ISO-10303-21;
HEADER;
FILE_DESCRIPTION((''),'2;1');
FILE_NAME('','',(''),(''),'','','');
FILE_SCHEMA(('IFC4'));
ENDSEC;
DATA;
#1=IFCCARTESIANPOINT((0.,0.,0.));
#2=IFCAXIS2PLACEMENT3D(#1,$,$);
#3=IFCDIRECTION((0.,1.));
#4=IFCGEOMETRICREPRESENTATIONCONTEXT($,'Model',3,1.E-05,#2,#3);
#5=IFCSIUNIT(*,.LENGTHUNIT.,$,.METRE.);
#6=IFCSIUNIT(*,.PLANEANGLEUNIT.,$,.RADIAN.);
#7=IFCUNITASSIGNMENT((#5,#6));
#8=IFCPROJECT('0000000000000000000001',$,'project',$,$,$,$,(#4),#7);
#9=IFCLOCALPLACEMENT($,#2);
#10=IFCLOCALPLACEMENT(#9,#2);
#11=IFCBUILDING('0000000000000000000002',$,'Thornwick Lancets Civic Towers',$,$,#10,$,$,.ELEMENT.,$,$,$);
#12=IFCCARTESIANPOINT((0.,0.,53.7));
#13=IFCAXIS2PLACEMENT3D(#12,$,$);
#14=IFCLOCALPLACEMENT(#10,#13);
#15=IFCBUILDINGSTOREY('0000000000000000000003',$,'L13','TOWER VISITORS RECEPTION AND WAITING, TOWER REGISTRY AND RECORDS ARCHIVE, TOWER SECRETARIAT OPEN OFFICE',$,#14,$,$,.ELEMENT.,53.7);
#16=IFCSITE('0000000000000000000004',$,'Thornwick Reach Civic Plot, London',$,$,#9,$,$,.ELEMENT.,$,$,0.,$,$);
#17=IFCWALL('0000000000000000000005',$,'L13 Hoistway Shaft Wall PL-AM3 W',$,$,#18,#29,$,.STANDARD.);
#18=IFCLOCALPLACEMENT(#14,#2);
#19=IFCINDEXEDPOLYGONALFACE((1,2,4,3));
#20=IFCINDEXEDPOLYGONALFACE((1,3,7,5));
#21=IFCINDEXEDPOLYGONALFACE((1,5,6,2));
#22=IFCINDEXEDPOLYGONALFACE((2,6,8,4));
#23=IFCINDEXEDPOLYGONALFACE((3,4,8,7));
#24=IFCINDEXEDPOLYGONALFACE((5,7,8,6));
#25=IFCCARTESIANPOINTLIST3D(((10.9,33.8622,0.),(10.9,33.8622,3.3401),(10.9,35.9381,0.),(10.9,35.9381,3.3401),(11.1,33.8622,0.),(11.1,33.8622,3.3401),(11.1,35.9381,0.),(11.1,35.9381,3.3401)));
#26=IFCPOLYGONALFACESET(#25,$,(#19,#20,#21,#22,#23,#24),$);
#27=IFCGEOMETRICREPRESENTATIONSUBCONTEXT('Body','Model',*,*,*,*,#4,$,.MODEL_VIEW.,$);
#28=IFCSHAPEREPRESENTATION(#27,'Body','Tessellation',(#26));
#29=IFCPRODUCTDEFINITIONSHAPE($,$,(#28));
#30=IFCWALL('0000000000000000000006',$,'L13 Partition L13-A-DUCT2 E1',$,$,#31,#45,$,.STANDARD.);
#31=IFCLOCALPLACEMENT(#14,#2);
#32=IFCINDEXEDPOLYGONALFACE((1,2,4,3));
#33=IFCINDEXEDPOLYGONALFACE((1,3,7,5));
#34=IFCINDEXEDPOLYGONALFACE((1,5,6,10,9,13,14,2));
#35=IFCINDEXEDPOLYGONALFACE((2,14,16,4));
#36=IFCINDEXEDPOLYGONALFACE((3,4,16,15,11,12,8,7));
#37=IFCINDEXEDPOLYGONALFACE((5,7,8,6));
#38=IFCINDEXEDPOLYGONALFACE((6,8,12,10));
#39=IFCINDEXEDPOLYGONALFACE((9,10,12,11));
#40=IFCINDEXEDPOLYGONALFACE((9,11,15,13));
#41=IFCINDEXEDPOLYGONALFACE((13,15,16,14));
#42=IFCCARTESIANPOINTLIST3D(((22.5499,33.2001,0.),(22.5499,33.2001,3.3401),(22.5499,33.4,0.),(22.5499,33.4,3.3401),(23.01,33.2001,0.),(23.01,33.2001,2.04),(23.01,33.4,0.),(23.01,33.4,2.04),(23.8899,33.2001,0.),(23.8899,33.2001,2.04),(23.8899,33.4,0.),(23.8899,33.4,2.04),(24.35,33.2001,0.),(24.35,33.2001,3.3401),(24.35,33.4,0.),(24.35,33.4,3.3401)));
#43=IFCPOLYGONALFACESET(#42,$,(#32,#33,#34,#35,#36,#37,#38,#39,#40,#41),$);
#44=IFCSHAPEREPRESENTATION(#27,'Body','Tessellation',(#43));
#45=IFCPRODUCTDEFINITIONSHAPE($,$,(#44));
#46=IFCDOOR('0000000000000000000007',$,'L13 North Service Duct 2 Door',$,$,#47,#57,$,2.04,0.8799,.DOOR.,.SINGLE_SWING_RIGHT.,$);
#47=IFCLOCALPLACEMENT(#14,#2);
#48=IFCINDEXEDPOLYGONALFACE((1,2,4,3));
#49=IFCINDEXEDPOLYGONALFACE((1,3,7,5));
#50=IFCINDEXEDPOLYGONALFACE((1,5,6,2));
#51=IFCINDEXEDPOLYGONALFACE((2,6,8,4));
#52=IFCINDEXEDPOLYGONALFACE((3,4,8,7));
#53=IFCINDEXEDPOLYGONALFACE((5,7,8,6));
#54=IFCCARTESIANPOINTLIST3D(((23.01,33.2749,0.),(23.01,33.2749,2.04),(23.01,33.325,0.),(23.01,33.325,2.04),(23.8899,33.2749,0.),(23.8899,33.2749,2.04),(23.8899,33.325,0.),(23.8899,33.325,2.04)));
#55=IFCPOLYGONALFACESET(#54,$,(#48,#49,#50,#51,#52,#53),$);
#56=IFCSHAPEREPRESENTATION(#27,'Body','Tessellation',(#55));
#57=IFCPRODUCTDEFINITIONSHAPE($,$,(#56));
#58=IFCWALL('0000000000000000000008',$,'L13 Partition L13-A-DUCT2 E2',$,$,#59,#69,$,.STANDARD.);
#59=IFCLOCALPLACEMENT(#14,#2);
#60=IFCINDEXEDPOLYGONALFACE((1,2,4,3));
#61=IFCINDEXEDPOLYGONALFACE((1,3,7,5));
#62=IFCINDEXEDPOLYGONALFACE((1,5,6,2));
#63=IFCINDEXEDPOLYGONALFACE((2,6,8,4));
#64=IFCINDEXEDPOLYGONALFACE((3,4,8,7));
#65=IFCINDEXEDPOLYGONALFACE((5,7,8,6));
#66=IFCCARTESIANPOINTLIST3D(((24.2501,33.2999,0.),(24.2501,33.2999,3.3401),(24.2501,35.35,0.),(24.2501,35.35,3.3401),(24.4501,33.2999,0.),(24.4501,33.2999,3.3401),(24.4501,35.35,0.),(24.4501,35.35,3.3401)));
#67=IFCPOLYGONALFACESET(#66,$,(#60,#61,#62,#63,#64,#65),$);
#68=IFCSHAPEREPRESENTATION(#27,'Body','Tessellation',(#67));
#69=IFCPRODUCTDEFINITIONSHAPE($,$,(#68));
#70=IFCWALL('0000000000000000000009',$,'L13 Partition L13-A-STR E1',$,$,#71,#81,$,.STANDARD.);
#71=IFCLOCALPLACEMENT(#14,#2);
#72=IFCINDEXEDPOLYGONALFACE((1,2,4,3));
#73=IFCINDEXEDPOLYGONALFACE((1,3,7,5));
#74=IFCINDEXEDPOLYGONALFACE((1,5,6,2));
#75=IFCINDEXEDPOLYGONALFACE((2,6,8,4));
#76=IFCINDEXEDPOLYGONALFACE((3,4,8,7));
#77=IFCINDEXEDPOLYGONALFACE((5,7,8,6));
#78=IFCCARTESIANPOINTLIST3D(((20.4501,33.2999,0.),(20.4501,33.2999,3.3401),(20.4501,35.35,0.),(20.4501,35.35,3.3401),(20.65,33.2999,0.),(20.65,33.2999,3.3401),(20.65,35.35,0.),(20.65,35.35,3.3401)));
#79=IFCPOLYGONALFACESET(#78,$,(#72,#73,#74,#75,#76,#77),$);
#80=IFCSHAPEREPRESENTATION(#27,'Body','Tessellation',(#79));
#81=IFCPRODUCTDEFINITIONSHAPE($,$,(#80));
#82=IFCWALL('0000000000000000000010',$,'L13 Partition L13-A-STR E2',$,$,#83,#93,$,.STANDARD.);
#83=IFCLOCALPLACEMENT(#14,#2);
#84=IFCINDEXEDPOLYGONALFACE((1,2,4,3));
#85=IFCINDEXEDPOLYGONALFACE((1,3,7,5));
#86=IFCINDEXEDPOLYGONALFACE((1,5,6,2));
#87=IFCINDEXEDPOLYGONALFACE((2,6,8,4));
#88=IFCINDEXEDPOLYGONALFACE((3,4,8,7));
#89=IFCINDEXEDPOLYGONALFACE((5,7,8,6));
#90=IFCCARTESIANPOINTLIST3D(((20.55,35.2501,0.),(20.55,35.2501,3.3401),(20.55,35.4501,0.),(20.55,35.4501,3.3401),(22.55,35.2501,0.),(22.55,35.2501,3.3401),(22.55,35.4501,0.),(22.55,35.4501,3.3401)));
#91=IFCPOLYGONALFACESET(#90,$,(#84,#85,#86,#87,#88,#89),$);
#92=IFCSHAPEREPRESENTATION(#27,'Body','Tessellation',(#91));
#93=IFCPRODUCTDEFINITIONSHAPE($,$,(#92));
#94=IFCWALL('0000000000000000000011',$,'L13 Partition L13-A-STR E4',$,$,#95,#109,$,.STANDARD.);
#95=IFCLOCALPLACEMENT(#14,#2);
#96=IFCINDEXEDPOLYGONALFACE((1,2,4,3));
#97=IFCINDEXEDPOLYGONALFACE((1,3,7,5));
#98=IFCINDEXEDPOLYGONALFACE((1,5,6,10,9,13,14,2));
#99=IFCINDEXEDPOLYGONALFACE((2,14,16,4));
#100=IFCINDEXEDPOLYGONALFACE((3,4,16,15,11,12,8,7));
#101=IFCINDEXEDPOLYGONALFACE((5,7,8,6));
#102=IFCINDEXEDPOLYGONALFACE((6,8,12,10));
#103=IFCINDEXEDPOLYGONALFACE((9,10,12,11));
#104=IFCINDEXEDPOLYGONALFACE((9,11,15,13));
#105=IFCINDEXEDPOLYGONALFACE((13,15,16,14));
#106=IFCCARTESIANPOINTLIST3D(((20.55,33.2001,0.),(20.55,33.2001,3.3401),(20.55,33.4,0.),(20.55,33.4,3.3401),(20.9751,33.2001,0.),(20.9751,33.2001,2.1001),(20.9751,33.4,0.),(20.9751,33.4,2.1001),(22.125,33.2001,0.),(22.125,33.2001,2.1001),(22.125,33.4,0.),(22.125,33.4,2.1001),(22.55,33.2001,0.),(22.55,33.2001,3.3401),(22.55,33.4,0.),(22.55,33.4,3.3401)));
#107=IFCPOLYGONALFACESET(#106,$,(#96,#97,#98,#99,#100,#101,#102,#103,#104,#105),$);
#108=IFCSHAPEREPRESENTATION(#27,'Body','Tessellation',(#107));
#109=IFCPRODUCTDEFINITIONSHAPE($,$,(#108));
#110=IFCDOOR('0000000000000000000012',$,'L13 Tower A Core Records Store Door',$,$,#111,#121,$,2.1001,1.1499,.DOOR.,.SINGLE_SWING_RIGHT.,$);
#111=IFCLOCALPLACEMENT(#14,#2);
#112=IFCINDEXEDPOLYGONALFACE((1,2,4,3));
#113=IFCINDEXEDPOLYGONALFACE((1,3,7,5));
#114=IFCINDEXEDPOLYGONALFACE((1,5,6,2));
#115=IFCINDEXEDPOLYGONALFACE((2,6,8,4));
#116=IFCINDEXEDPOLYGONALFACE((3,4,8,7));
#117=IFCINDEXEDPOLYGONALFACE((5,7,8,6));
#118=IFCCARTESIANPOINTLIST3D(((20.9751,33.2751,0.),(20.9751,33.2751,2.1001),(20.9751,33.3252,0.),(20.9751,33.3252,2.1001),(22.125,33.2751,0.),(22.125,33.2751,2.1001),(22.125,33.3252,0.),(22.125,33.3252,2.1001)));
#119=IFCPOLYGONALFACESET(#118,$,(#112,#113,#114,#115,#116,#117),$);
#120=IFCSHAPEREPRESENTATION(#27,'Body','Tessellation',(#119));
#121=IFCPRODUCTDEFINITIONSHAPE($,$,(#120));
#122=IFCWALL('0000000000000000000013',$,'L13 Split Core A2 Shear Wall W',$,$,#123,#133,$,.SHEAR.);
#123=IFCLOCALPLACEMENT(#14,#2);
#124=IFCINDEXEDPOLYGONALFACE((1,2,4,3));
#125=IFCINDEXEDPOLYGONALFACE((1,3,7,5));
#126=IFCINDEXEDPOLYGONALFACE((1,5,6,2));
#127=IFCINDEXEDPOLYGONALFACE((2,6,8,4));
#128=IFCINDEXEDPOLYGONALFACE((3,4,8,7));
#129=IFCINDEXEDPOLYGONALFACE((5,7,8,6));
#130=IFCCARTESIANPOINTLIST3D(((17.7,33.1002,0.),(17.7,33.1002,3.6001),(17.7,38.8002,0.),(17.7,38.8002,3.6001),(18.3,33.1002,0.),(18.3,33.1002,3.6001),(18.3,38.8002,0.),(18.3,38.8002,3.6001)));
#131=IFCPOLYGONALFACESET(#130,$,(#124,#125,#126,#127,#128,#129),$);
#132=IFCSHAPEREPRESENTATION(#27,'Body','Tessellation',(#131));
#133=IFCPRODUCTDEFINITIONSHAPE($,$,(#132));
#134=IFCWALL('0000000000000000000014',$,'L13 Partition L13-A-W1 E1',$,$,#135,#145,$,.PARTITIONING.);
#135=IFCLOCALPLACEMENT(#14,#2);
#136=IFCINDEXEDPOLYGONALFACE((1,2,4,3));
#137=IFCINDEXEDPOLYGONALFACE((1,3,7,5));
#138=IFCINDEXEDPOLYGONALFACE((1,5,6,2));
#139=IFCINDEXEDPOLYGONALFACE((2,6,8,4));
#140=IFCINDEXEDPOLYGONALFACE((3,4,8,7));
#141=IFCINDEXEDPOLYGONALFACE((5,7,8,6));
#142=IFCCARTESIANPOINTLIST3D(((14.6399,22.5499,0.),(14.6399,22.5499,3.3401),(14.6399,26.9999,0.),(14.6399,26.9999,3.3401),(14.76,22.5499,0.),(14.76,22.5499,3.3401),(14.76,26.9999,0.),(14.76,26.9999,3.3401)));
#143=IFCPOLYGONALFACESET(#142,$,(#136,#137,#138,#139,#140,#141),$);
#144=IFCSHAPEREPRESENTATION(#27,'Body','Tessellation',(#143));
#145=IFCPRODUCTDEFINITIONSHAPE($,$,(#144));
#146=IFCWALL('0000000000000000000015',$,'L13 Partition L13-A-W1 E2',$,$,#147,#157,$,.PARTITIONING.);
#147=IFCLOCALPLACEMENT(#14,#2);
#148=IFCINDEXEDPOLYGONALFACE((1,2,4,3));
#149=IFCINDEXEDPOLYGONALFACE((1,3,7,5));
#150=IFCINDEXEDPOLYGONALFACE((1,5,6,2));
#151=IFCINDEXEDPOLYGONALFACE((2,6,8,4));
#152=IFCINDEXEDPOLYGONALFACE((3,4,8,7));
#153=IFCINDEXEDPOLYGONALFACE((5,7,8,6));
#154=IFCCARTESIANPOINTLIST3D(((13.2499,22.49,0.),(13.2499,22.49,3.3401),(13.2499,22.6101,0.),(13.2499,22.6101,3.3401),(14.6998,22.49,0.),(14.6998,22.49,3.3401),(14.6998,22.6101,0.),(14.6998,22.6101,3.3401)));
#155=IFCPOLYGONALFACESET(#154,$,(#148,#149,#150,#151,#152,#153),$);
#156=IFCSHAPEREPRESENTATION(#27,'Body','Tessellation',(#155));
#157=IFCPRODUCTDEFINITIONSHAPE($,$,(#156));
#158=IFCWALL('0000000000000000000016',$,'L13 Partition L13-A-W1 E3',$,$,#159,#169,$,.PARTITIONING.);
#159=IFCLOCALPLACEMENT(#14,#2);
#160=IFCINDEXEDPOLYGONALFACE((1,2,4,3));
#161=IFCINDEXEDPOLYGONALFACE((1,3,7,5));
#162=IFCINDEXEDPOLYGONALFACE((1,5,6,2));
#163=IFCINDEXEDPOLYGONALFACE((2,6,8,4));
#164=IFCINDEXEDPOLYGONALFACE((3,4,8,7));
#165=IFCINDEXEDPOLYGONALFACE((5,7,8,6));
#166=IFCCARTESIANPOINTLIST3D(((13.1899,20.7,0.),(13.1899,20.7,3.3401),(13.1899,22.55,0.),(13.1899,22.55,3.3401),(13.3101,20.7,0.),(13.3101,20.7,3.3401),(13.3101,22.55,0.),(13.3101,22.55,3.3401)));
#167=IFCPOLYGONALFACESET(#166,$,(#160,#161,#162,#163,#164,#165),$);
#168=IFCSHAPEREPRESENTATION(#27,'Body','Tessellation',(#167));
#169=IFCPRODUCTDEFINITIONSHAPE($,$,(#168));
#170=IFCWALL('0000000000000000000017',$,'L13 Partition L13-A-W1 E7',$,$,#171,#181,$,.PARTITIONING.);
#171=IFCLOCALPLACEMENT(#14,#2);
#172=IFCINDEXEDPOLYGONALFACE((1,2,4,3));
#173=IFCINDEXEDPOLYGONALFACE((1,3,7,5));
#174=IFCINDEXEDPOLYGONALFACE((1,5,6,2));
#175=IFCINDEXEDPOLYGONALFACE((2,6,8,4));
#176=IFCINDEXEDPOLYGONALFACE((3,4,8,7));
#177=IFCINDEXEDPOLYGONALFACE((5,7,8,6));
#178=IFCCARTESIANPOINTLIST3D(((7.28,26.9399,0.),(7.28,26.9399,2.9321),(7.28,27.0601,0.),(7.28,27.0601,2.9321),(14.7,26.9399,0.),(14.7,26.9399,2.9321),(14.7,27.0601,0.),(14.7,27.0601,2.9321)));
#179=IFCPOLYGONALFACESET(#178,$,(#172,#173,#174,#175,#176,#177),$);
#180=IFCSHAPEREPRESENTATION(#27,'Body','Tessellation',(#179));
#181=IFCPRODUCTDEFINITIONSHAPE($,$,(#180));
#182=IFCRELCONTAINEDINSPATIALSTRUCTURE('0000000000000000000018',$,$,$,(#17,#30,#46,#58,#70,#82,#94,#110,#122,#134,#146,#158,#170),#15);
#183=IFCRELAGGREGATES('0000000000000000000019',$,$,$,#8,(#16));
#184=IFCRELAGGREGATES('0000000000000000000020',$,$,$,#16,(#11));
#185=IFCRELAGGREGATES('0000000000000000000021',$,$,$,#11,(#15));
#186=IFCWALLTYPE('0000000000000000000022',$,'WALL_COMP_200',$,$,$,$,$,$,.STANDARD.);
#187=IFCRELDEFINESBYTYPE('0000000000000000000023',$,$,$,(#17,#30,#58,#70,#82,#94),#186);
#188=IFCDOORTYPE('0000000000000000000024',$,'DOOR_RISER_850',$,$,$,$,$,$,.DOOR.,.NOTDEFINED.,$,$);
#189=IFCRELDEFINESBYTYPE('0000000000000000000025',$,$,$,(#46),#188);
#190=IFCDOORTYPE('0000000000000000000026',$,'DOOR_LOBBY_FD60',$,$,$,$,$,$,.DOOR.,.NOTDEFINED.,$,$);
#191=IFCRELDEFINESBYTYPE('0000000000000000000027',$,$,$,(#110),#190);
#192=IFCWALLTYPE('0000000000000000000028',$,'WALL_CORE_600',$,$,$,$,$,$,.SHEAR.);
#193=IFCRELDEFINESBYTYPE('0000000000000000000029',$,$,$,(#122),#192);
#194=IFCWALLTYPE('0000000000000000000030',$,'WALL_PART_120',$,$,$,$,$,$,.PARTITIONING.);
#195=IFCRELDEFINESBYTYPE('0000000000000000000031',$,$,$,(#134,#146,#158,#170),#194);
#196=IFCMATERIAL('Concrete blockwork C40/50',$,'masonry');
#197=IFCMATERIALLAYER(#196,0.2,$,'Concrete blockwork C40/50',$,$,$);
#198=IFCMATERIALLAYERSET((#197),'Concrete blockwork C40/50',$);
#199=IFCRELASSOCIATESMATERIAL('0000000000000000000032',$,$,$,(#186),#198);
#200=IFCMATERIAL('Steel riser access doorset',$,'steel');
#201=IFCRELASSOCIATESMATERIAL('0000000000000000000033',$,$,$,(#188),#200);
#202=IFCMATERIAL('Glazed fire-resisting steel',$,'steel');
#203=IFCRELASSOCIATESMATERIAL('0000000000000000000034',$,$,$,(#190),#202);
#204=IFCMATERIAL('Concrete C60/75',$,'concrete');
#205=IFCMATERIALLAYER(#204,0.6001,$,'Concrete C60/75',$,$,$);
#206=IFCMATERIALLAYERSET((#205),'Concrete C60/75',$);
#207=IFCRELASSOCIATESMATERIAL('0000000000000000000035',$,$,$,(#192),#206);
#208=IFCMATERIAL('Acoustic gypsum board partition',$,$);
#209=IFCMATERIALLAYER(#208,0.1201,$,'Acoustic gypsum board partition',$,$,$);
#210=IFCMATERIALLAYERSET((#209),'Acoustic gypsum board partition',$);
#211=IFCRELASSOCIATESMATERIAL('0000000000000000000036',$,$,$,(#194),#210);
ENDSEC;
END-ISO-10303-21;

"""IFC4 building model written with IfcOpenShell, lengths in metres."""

from ifc_helpers import new_model, si_unit, direction, frame, frame_2d, origin, place, context, subcontext, project, spatial, rectangle, extrude, material, layer, layer_set, type_object, element, fill, save


model = new_model("IFC4")

# Units and contexts
model_context = context("Model", 3, precision=1e-05, world=origin(), true_north=direction((0.0, 1.0)))
body_context = subcontext(model_context, "Body", "Model", "MODEL_VIEW")
ifc_project = project(units=[si_unit("LENGTHUNIT", "METRE"), si_unit("PLANEANGLEUNIT", "RADIAN")], contexts=[model_context])

# Site, building, storey
site_placement = place(None, origin())
site = spatial("IfcSite", under=ifc_project, at=site_placement, Name="Thornwick Reach Civic Plot, London", CompositionType="ELEMENT", RefElevation=0.0)
building_placement = place(site_placement, origin())
building = spatial("IfcBuilding", under=site, at=building_placement, Name="Thornwick Lancets Civic Towers", CompositionType="ELEMENT")
storey_placement = place(building_placement, frame((0.0, 0.0, 53.7)))
storey = spatial("IfcBuildingStorey", under=building, at=storey_placement, Name="L13", Description="TOWER VISITORS RECEPTION AND WAITING, TOWER REGISTRY AND RECORDS ARCHIVE, TOWER SECRETARIAT OPEN OFFICE", CompositionType="ELEMENT", Elevation=53.7)

# Shared definitions
ifc_material_1 = material(Name="Concrete C60/75", Category="concrete")

# Wall
ifc_material_2 = material(Name="Concrete blockwork C40/50", Category="masonry")
ifc_layer_1 = layer(ifc_material_2, 0.2, Name="Concrete blockwork C40/50")
ifc_layer_set_1 = layer_set([ifc_layer_1], Name="Concrete blockwork C40/50")
wall_type_1 = type_object("IfcWallType", Name="WALL_COMP_200", PredefinedType="STANDARD", material=ifc_layer_set_1)
wall_1_placement = place(storey_placement, frame((11.0, 33.8621, 0.0), z_axis=(0.0, 0.0, 1.0), x_axis=(0.0, 1.0, 0.0)))
element("IfcWall", 1, at=wall_1_placement, inside=storey, type_object=wall_type_1, Name="L13 Hoistway Shaft Wall PL-AM3 W", PredefinedType="STANDARD", context=body_context, shape_type="SweptSolid", body=[
    extrude(rectangle(XDim=2.0759, YDim=0.2, at=frame_2d((1.0381, 0.0))), origin(), (0.0, 0.0, 1.0), 3.3401),
])

# Wall, opening, door
wall_2_placement = place(storey_placement, frame((22.55, 33.3, 0.0), z_axis=(0.0, 0.0, 1.0), x_axis=(1.0, 0.0, 0.0)))
wall_2 = element("IfcWall", 2, at=wall_2_placement, inside=storey, type_object=wall_type_1, Name="L13 Partition L13-A-DUCT2 E1", PredefinedType="STANDARD", context=body_context, shape_type="SweptSolid", body=[
    extrude(rectangle(XDim=1.8, YDim=0.2, at=frame_2d((0.8999, 0.0))), origin(), (0.0, 0.0, 1.0), 3.3401),
])
opening_1_placement = place(wall_2_placement, frame((0.46, 0.0, 0.0)))
opening_1 = element("IfcOpeningElement", 3, at=opening_1_placement, cuts=wall_2, PredefinedType="OPENING", context=body_context, shape_type="SweptSolid", body=[
    extrude(rectangle(XDim=0.8799, YDim=2.04, at=frame_2d((0.4399, 1.02))), frame((0.0, 0.1099, 0.0), z_axis=(0.0, -1.0, 0.0), x_axis=(1.0, 0.0, 0.0)), (0.0, 0.0, 1.0), 0.22),
])
ifc_material_3 = material(Name="Steel riser access doorset", Category="steel")
door_type_1 = type_object("IfcDoorType", Name="DOOR_RISER_850", OperationType="NOTDEFINED", PredefinedType="DOOR", material=ifc_material_3)
door_1_placement = place(opening_1_placement, origin())
door_1 = element("IfcDoor", 4, at=door_1_placement, inside=storey, type_object=door_type_1, Name="L13 North Service Duct 2 Door", OperationType="SINGLE_SWING_RIGHT", OverallHeight=2.04, OverallWidth=0.8799, PredefinedType="DOOR", context=body_context, shape_type="SweptSolid", body=[
    extrude(rectangle(XDim=0.8799, YDim=2.04, at=frame_2d((0.4399, 1.02))), frame((0.0, 0.0249, 0.0), z_axis=(0.0, -1.0, 0.0), x_axis=(1.0, 0.0, 0.0)), (0.0, 0.0, 1.0), 0.05),
])
fill(opening_1, door_1)

# Walls
for number, where, z_axis, x_axis, name in (
    (5, (24.3501, 33.3, 0.0), (0.0, 0.0, 1.0), (0.0, 1.0, 0.0), "L13 Partition L13-A-DUCT2 E2"),
    (6, (20.55, 33.3, 0.0), (0.0, 0.0, 1.0), (0.0, 1.0, 0.0), "L13 Partition L13-A-STR E1"),
):
    element("IfcWall", number, at=place(storey_placement, frame(where, z_axis=z_axis, x_axis=x_axis)), inside=storey, type_object=wall_type_1, Name=name, PredefinedType="STANDARD", context=body_context, shape_type="SweptSolid", body=[
        extrude(rectangle(XDim=2.05, YDim=0.2, at=frame_2d((1.0249, 0.0))), origin(), (0.0, 0.0, 1.0), 3.3401),
    ])
wall_3_placement = place(storey_placement, frame((20.55, 35.3501, 0.0), z_axis=(0.0, 0.0, 1.0), x_axis=(1.0, 0.0, 0.0)))
element("IfcWall", 7, at=wall_3_placement, inside=storey, type_object=wall_type_1, Name="L13 Partition L13-A-STR E2", PredefinedType="STANDARD", context=body_context, shape_type="SweptSolid", body=[
    extrude(rectangle(XDim=2.0, YDim=0.2, at=frame_2d((1.0, 0.0))), origin(), (0.0, 0.0, 1.0), 3.3401),
])

# Wall, opening, door
wall_4_placement = place(storey_placement, frame((22.55, 33.3, 0.0), z_axis=(0.0, 0.0, 1.0), x_axis=(-1.0, 0.0, 0.0)))
wall_4 = element("IfcWall", 8, at=wall_4_placement, inside=storey, type_object=wall_type_1, Name="L13 Partition L13-A-STR E4", PredefinedType="STANDARD", context=body_context, shape_type="SweptSolid", body=[
    extrude(rectangle(XDim=2.0, YDim=0.2, at=frame_2d((1.0, 0.0))), origin(), (0.0, 0.0, 1.0), 3.3401),
])
opening_2_placement = place(wall_4_placement, frame((0.425, 0.0, 0.0)))
opening_2 = element("IfcOpeningElement", 9, at=opening_2_placement, cuts=wall_4, PredefinedType="OPENING", context=body_context, shape_type="SweptSolid", body=[
    extrude(rectangle(XDim=1.1499, YDim=2.1001, at=frame_2d((0.575, 1.05))), frame((0.0, 0.1099, 0.0), z_axis=(0.0, -1.0, 0.0), x_axis=(1.0, 0.0, 0.0)), (0.0, 0.0, 1.0), 0.22),
])
ifc_material_4 = material(Name="Glazed fire-resisting steel", Category="steel")
door_type_2 = type_object("IfcDoorType", Name="DOOR_LOBBY_FD60", OperationType="NOTDEFINED", PredefinedType="DOOR", material=ifc_material_4)
door_2_placement = place(opening_2_placement, origin())
door_2 = element("IfcDoor", 10, at=door_2_placement, inside=storey, type_object=door_type_2, Name="L13 Tower A Core Records Store Door", OperationType="SINGLE_SWING_RIGHT", OverallHeight=2.1001, OverallWidth=1.1499, PredefinedType="DOOR", context=body_context, shape_type="SweptSolid", body=[
    extrude(rectangle(XDim=1.1499, YDim=2.1001, at=frame_2d((0.575, 1.05))), frame((0.0, 0.0249, 0.0), z_axis=(0.0, -1.0, 0.0), x_axis=(1.0, 0.0, 0.0)), (0.0, 0.0, 1.0), 0.05),
])
fill(opening_2, door_2)

# Walls
ifc_layer_2 = layer(ifc_material_1, 0.6001, Name="Concrete C60/75")
ifc_layer_set_2 = layer_set([ifc_layer_2], Name="Concrete C60/75")
wall_type_2 = type_object("IfcWallType", Name="WALL_CORE_600", PredefinedType="SHEAR", material=ifc_layer_set_2)
wall_5_placement = place(storey_placement, frame((18.0, 33.1001, 0.0), z_axis=(0.0, 0.0, 1.0), x_axis=(0.0, 1.0, 0.0)))
element("IfcWall", 11, at=wall_5_placement, inside=storey, type_object=wall_type_2, Name="L13 Split Core A2 Shear Wall W", PredefinedType="SHEAR", context=body_context, shape_type="SweptSolid", body=[
    extrude(rectangle(XDim=5.7, YDim=0.6001, at=frame_2d((2.8501, 0.0))), origin(), (0.0, 0.0, 1.0), 3.6001),
])
ifc_material_5 = material(Name="Acoustic gypsum board partition")
ifc_layer_3 = layer(ifc_material_5, 0.1201, Name="Acoustic gypsum board partition")
ifc_layer_set_3 = layer_set([ifc_layer_3], Name="Acoustic gypsum board partition")
wall_type_3 = type_object("IfcWallType", Name="WALL_PART_120", PredefinedType="PARTITIONING", material=ifc_layer_set_3)
wall_6_placement = place(storey_placement, frame((14.7, 27.0, 0.0), z_axis=(0.0, 0.0, 1.0), x_axis=(0.0, -1.0, 0.0)))
element("IfcWall", 12, at=wall_6_placement, inside=storey, type_object=wall_type_3, Name="L13 Partition L13-A-W1 E1", PredefinedType="PARTITIONING", context=body_context, shape_type="SweptSolid", body=[
    extrude(rectangle(XDim=4.45, YDim=0.1201, at=frame_2d((2.2251, 0.0))), origin(), (0.0, 0.0, 1.0), 3.3401),
])
wall_7_placement = place(storey_placement, frame((14.7, 22.55, 0.0), z_axis=(0.0, 0.0, 1.0), x_axis=(-1.0, 0.0, 0.0)))
element("IfcWall", 13, at=wall_7_placement, inside=storey, type_object=wall_type_3, Name="L13 Partition L13-A-W1 E2", PredefinedType="PARTITIONING", context=body_context, shape_type="SweptSolid", body=[
    extrude(rectangle(XDim=1.45, YDim=0.1201, at=frame_2d((0.7251, 0.0))), origin(), (0.0, 0.0, 1.0), 3.3401),
])
wall_8_placement = place(storey_placement, frame((13.25, 22.55, 0.0), z_axis=(0.0, 0.0, 1.0), x_axis=(0.0, -1.0, 0.0)))
element("IfcWall", 14, at=wall_8_placement, inside=storey, type_object=wall_type_3, Name="L13 Partition L13-A-W1 E3", PredefinedType="PARTITIONING", context=body_context, shape_type="SweptSolid", body=[
    extrude(rectangle(XDim=1.8501, YDim=0.1201, at=frame_2d((0.925, 0.0))), origin(), (0.0, 0.0, 1.0), 3.3401),
])
wall_9_placement = place(storey_placement, frame((7.28, 27.0, 0.0), z_axis=(0.0, 0.0, 1.0), x_axis=(1.0, 0.0, 0.0)))
element("IfcWall", 15, at=wall_9_placement, inside=storey, type_object=wall_type_3, Name="L13 Partition L13-A-W1 E7", PredefinedType="PARTITIONING", context=body_context, shape_type="SweptSolid", body=[
    extrude(rectangle(XDim=7.4199, YDim=0.1201, at=frame_2d((3.71, 0.0))), origin(), (0.0, 0.0, 1.0), 2.9321),
])

save(model, "model.ifc")
